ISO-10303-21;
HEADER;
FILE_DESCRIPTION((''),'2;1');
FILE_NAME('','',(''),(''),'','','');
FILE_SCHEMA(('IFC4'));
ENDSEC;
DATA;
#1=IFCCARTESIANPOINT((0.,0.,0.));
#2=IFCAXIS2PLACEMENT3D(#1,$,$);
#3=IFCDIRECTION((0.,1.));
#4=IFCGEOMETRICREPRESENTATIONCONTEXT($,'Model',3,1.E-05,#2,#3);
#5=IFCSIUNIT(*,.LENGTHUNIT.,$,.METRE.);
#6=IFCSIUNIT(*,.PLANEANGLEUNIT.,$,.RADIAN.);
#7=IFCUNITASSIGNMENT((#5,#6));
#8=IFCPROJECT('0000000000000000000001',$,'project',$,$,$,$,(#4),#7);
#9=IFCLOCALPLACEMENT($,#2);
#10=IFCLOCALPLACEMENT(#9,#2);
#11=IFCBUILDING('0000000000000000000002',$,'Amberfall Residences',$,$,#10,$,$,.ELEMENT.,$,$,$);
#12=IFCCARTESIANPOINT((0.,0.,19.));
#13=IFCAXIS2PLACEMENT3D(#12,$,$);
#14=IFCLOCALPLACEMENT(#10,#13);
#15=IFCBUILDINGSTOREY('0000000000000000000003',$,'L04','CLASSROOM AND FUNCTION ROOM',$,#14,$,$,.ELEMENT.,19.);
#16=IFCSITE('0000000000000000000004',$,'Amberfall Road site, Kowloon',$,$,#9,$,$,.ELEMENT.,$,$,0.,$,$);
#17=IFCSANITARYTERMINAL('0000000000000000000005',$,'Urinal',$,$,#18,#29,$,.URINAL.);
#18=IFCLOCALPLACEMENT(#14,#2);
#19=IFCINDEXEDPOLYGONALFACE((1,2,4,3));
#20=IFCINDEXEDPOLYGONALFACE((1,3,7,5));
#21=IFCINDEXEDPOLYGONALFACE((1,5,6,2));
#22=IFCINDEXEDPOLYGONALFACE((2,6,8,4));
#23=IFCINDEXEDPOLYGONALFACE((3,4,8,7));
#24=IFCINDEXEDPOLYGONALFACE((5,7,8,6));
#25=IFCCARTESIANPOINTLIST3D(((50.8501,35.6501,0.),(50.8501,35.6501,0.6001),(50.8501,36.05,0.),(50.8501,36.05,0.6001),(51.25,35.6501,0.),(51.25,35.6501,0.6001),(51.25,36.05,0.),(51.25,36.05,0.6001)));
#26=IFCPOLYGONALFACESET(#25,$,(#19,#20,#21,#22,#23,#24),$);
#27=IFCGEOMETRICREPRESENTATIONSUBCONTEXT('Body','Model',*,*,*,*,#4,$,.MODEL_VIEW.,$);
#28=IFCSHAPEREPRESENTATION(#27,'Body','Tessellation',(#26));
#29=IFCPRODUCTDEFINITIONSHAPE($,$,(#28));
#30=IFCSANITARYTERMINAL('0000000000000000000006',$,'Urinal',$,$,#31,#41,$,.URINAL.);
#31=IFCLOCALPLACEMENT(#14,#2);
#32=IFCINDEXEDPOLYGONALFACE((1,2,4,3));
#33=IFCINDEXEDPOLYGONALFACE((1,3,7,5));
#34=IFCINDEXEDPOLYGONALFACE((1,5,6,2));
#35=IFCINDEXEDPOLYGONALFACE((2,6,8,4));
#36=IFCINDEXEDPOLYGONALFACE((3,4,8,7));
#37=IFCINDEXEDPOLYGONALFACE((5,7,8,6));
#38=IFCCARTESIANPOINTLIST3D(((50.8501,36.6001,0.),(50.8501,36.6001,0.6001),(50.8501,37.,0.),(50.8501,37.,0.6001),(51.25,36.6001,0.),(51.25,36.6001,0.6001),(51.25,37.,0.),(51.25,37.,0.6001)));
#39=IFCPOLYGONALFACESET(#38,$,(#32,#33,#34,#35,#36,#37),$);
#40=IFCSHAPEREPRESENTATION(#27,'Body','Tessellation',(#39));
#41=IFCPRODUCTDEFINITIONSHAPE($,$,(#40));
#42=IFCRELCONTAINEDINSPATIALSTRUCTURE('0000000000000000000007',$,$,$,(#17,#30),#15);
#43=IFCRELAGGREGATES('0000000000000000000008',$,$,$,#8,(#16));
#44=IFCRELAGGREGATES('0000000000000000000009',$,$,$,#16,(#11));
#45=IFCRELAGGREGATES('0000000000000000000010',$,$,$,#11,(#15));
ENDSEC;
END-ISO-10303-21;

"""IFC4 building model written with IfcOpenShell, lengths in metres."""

from ifc_helpers import new_model, si_unit, direction, frame, origin, origin_2d, place, context, subcontext, project, spatial, rectangle, extrude, element, save


model = new_model("IFC4")

# Units and contexts
model_context = context("Model", 3, precision=1e-05, world=origin(), true_north=direction((0.0, 1.0)))
body_context = subcontext(model_context, "Body", "Model", "MODEL_VIEW")
ifc_project = project(units=[si_unit("LENGTHUNIT", "METRE"), si_unit("PLANEANGLEUNIT", "RADIAN")], contexts=[model_context])

# Site, building, storey
site_placement = place(None, origin())
site = spatial("IfcSite", under=ifc_project, at=site_placement, Name="Amberfall Road site, Kowloon", CompositionType="ELEMENT", RefElevation=0.0)
building_placement = place(site_placement, origin())
building = spatial("IfcBuilding", under=site, at=building_placement, Name="Amberfall Residences", CompositionType="ELEMENT")
storey_placement = place(building_placement, frame((0.0, 0.0, 19.0)))
storey = spatial("IfcBuildingStorey", under=building, at=storey_placement, Name="L04", Description="CLASSROOM AND FUNCTION ROOM", CompositionType="ELEMENT", Elevation=19.0)

# Sanitary terminals
for number, where, z_axis, x_axis, name in (
    (1, (51.05, 35.8501, 0.0), (0.0, 0.0, 1.0), (1.0, 0.0, 0.0), "Urinal"),
    (2, (51.05, 36.8, 0.0), (0.0, 0.0, 1.0), (1.0, 0.0, 0.0), "Urinal"),
):
    element("IfcSanitaryTerminal", number, at=place(storey_placement, frame(where, z_axis=z_axis, x_axis=x_axis)), inside=storey, Name=name, PredefinedType="URINAL", context=body_context, shape_type="SweptSolid", body=[
        extrude(rectangle(XDim=0.3999, YDim=0.3999, at=origin_2d()), origin(), (0.0, 0.0, 1.0), 0.6001),
    ])

save(model, "model.ifc")
